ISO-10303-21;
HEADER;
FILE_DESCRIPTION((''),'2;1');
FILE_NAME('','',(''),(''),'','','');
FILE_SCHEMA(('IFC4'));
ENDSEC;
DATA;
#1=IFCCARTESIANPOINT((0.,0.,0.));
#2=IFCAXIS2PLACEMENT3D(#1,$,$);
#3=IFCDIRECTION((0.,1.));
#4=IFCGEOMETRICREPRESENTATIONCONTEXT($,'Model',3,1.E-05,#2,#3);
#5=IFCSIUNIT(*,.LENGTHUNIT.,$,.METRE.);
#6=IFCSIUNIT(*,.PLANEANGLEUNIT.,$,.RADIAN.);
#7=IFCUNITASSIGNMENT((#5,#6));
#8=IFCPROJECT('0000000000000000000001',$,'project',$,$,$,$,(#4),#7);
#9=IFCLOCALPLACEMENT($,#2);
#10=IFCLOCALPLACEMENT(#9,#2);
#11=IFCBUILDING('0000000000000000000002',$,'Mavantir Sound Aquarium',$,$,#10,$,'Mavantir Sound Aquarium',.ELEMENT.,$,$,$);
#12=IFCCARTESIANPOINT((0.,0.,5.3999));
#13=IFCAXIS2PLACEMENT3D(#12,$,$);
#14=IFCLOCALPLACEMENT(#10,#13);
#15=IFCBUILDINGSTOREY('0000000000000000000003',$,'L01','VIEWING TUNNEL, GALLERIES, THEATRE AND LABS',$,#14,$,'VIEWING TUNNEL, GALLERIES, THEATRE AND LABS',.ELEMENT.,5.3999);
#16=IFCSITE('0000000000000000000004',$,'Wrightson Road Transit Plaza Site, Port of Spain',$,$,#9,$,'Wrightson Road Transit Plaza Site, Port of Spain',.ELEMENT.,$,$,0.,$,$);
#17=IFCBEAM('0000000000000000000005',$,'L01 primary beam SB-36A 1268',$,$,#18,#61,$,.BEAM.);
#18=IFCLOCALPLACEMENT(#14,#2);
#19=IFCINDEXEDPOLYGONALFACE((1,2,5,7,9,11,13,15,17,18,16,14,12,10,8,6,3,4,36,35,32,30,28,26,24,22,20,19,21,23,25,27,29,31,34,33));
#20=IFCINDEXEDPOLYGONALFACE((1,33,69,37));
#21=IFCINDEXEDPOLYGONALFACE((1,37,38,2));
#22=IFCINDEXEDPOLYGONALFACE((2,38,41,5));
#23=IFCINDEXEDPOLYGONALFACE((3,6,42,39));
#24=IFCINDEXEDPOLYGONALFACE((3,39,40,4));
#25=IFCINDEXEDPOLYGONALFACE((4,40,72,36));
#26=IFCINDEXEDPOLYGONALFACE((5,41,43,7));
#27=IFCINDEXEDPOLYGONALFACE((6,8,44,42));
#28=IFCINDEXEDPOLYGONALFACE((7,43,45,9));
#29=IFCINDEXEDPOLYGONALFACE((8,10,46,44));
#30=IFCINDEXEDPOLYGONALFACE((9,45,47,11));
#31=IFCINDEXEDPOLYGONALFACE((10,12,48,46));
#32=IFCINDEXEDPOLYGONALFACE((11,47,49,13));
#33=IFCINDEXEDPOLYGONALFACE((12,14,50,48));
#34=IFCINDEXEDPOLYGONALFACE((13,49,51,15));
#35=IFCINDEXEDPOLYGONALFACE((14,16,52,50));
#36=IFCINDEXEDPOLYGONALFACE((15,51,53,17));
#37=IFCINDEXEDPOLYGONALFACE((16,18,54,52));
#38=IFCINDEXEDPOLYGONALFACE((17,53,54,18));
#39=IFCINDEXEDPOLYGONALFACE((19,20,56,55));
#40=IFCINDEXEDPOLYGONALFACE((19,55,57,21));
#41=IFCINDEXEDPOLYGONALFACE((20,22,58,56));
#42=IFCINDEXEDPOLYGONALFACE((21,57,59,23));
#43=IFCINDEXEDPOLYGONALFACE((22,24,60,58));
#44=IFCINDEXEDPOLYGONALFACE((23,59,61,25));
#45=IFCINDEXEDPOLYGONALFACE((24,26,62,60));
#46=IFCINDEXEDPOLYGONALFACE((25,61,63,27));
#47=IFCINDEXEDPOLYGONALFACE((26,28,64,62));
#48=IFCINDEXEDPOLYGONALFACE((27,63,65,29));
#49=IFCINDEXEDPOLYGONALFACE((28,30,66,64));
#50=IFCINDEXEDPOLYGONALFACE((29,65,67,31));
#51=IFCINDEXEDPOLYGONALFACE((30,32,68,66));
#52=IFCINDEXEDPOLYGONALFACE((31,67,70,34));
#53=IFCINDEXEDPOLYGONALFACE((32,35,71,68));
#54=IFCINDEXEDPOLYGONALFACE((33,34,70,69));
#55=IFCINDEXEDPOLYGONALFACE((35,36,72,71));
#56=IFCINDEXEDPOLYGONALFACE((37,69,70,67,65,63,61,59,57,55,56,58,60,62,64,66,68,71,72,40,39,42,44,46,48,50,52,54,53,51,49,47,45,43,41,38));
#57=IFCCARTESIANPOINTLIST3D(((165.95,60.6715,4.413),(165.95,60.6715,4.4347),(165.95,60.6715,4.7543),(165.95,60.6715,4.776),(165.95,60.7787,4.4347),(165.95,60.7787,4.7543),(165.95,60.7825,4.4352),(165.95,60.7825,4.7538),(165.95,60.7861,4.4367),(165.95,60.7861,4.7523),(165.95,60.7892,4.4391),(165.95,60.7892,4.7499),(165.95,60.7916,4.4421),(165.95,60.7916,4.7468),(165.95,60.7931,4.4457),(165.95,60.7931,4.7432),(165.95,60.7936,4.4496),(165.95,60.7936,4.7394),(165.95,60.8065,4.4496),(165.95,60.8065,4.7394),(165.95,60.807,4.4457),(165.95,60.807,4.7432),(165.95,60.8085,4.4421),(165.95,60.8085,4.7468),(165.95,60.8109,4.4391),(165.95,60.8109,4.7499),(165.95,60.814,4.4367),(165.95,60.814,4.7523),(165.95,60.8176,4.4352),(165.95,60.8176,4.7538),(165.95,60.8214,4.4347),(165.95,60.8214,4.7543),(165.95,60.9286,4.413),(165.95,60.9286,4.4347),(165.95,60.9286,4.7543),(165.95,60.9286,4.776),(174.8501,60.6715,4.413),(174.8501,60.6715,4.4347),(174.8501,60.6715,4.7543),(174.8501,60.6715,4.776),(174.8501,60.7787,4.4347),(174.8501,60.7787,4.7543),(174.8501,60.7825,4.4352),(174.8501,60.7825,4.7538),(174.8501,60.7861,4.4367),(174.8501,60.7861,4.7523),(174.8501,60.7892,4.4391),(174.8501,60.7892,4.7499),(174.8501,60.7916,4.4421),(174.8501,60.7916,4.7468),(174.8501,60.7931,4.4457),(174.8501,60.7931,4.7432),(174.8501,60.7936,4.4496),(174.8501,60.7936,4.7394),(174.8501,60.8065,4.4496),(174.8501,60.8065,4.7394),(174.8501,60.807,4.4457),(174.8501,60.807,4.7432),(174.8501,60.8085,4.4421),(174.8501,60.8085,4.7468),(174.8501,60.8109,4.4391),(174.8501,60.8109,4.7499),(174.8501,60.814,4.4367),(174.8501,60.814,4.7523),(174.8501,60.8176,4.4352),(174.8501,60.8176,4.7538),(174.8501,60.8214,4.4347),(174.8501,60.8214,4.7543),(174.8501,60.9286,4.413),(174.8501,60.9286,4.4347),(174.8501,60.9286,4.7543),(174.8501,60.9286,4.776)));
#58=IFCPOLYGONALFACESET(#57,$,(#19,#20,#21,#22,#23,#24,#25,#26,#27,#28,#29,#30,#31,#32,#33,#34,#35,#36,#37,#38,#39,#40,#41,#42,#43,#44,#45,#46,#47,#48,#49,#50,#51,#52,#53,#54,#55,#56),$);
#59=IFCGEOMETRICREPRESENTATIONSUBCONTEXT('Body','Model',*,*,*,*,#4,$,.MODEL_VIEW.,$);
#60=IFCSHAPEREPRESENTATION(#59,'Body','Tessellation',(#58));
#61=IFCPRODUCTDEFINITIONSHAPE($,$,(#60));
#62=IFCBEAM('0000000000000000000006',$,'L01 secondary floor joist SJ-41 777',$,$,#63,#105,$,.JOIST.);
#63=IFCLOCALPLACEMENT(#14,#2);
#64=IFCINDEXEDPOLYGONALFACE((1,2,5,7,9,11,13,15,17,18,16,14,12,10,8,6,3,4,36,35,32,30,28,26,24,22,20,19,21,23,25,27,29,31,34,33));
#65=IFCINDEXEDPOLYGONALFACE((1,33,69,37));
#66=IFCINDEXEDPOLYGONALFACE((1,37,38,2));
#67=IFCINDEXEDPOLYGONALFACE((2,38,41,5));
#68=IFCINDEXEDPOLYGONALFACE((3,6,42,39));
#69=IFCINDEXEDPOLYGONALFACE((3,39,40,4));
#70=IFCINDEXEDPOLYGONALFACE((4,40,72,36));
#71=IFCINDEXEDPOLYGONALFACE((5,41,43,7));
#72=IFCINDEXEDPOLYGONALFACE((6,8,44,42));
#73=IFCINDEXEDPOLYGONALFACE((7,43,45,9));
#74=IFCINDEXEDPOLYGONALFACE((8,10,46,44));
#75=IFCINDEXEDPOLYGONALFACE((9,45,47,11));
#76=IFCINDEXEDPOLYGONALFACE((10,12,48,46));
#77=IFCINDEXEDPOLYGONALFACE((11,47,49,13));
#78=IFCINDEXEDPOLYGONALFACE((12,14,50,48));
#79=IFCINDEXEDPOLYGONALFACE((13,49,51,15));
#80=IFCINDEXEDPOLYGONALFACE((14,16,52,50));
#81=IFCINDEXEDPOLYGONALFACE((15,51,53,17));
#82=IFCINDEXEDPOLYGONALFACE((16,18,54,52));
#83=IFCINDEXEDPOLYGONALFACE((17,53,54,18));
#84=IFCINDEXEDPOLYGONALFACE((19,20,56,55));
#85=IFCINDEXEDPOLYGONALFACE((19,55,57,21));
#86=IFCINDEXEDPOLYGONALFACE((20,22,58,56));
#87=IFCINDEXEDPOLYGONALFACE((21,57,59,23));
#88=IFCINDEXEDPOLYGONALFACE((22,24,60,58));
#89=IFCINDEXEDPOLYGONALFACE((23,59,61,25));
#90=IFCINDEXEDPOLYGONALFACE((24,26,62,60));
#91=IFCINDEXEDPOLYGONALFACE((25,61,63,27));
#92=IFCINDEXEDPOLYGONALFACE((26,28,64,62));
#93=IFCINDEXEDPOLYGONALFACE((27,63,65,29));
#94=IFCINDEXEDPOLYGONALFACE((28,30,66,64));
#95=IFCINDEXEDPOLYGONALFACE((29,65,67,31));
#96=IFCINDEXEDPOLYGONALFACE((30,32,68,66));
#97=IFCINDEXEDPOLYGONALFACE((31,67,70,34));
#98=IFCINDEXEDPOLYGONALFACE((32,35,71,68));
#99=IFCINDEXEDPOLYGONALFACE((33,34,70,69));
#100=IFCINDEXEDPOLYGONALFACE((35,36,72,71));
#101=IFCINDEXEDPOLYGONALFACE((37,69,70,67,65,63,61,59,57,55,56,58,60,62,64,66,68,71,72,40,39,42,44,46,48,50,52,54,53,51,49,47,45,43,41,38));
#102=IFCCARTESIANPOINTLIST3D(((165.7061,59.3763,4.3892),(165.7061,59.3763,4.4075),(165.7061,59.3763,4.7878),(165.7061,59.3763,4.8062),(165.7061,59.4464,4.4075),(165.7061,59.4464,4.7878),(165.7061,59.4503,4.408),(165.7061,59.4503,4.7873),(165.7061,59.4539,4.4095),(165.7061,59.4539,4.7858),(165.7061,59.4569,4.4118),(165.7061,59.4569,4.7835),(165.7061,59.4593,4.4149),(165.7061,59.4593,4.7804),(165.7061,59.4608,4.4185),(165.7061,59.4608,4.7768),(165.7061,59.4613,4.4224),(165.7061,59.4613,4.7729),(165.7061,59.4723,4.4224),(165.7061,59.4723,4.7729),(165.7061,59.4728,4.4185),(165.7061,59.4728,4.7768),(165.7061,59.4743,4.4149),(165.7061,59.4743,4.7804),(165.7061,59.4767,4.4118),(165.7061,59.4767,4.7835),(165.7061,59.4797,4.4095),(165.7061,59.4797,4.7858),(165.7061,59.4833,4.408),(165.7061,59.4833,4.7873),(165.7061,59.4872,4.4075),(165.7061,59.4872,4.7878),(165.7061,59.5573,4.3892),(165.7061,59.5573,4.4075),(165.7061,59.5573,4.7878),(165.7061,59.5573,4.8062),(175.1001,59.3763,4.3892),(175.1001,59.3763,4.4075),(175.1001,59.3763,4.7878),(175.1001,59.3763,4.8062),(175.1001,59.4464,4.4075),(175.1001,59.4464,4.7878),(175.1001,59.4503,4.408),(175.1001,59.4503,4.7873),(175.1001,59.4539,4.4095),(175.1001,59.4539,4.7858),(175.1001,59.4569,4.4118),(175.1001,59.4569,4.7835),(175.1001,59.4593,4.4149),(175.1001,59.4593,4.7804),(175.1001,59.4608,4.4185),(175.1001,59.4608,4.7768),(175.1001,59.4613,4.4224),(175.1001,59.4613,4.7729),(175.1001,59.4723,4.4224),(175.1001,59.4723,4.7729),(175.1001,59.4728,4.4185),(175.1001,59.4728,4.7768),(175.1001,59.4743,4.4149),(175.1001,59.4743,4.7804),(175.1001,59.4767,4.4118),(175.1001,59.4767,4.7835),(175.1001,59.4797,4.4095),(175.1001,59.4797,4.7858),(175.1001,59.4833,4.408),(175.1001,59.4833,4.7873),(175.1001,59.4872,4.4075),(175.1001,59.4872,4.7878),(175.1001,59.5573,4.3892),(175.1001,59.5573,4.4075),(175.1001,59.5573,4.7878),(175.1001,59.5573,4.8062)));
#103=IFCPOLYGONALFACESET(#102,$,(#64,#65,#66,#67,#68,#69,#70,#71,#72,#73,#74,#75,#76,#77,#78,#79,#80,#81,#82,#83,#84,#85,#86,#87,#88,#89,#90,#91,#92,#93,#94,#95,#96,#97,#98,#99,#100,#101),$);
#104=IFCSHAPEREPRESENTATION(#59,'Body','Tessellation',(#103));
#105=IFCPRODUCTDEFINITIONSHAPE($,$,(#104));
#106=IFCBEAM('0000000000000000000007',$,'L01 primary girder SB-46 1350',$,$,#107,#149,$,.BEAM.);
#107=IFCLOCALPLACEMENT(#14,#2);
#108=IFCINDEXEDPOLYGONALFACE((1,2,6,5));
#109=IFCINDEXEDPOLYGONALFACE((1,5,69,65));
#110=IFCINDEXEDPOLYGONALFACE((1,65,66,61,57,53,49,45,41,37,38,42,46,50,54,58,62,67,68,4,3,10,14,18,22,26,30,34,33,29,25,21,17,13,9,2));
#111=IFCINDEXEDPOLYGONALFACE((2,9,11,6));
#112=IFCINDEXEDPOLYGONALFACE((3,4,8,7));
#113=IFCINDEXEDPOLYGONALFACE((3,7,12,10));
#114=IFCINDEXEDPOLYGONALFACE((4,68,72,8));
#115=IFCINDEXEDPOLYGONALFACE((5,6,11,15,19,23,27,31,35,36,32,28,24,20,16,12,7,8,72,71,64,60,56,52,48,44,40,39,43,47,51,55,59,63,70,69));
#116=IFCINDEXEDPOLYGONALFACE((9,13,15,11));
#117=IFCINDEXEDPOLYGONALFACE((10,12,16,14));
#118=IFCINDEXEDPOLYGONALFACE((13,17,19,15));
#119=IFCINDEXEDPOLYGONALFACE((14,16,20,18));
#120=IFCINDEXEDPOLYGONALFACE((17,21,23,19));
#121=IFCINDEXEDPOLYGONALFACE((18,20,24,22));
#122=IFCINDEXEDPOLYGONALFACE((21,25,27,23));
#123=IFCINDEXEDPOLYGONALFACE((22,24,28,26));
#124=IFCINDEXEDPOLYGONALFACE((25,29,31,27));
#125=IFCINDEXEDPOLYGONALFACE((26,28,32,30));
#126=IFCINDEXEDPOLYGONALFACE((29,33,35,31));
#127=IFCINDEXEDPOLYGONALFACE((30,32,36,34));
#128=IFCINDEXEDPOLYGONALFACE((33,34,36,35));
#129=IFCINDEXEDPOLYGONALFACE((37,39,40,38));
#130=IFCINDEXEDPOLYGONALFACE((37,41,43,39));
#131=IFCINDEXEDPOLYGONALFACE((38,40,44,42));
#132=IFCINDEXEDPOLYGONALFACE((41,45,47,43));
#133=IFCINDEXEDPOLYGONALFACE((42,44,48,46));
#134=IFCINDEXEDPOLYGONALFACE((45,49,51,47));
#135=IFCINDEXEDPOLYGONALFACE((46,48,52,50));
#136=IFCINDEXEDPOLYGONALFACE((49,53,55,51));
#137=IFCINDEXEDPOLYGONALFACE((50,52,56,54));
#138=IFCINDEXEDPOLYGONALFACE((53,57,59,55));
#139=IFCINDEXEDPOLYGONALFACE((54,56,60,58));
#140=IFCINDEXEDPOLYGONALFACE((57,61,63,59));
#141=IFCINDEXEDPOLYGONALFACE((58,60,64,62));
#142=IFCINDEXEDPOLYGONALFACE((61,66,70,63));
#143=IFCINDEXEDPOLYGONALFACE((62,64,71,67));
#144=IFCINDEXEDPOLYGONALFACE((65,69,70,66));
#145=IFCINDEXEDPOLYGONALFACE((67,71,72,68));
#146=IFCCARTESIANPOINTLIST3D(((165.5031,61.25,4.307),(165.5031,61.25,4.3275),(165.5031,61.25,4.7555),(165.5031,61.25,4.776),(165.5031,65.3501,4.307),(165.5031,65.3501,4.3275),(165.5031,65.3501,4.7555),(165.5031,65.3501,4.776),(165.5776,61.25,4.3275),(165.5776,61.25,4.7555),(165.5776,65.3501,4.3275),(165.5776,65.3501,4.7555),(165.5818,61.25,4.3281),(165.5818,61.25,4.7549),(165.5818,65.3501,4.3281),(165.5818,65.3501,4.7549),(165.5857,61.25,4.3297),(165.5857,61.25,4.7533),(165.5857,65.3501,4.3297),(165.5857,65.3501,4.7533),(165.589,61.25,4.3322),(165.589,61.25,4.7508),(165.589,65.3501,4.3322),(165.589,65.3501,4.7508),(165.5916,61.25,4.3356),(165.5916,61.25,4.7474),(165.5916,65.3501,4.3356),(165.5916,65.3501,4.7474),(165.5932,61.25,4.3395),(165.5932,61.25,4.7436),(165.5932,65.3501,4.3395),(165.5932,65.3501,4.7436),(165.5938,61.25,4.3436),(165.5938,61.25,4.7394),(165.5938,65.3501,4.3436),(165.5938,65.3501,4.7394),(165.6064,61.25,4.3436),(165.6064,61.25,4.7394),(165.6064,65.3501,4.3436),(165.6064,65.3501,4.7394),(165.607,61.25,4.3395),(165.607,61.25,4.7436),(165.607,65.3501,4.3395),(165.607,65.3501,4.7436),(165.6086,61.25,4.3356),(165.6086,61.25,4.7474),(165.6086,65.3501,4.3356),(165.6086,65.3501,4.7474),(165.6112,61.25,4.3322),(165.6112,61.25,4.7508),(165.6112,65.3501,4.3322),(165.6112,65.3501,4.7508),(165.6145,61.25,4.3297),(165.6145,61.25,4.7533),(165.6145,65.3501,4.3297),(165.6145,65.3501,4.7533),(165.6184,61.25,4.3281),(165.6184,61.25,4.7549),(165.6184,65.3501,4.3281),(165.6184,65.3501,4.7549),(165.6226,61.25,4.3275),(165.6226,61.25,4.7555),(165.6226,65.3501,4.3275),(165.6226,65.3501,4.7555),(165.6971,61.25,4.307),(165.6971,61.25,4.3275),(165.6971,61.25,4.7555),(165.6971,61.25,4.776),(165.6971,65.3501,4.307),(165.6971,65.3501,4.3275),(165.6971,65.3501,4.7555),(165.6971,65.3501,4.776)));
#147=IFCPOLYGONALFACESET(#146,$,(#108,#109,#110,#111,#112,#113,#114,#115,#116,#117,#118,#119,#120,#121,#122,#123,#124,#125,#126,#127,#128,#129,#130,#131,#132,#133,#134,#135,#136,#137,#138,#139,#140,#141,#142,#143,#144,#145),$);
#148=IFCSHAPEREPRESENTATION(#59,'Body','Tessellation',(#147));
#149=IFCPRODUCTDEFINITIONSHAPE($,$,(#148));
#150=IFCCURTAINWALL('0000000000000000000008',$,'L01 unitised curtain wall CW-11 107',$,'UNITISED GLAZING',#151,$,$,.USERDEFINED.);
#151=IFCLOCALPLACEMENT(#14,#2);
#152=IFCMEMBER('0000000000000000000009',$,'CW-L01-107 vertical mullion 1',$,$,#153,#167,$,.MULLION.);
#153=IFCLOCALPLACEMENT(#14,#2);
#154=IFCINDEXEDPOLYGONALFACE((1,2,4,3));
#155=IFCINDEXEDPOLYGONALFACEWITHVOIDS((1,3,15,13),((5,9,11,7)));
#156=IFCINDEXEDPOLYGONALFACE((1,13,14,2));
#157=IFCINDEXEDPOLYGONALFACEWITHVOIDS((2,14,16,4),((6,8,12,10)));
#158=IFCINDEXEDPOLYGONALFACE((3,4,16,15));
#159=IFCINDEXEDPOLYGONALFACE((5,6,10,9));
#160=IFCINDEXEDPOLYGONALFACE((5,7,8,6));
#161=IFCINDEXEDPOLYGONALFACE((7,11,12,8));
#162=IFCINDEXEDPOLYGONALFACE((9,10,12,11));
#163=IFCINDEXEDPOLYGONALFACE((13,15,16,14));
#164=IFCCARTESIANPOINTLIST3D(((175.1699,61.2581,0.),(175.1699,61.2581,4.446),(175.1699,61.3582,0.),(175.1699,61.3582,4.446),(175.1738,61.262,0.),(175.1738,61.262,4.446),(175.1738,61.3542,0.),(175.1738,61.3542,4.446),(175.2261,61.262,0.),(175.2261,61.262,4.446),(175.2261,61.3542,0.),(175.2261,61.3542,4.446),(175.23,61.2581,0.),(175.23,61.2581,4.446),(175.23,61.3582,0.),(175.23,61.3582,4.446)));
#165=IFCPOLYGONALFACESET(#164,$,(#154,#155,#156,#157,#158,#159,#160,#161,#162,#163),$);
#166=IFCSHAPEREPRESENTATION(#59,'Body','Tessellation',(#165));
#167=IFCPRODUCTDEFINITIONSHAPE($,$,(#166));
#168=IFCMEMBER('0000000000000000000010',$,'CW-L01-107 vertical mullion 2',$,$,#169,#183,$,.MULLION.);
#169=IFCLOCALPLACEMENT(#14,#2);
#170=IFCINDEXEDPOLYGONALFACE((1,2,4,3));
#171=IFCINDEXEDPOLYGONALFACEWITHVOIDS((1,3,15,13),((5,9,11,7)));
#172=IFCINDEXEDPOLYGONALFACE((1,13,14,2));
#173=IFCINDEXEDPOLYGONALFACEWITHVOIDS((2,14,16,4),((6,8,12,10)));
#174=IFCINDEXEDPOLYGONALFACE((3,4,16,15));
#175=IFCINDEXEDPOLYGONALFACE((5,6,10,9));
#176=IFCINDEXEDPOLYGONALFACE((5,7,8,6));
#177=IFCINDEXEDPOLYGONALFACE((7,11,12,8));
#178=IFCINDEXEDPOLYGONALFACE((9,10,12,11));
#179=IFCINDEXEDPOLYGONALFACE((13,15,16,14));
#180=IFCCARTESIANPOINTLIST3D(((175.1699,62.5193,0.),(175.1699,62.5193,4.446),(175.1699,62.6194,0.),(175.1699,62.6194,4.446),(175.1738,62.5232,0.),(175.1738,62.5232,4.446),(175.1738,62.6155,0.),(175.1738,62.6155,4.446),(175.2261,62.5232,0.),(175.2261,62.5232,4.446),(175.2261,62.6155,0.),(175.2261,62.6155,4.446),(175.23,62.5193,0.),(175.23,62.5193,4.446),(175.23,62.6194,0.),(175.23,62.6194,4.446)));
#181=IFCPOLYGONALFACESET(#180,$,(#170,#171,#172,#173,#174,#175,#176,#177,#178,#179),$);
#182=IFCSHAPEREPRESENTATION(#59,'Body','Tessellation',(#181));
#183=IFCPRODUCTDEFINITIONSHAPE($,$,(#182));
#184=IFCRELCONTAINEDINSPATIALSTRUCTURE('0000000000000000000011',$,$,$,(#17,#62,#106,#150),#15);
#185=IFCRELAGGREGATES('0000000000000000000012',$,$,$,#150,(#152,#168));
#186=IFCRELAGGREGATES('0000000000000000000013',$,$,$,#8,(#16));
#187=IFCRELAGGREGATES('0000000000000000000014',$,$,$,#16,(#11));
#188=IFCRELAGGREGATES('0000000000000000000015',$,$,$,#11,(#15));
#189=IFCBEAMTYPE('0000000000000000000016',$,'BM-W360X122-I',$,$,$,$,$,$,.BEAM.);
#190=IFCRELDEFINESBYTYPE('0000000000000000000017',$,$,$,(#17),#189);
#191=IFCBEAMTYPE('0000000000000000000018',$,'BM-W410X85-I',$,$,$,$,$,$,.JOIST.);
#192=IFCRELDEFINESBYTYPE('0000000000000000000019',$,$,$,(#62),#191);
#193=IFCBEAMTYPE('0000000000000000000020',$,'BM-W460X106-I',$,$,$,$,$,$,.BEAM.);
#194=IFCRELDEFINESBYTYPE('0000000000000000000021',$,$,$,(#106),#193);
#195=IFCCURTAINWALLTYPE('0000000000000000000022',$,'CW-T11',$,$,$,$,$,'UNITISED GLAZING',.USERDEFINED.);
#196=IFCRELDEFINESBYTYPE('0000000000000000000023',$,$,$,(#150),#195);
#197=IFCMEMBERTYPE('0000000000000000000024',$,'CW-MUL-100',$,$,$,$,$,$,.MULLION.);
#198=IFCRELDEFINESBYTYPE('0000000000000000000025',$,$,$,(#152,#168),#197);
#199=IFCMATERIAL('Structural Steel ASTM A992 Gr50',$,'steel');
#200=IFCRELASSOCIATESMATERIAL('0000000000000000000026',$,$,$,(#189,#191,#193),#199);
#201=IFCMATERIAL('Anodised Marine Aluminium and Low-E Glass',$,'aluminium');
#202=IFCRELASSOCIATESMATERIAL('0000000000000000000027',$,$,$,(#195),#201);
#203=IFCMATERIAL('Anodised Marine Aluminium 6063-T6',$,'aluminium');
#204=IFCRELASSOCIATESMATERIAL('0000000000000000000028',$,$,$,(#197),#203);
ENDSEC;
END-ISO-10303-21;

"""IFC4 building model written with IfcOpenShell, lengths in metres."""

from ifc_helpers import new_model, si_unit, direction, frame, origin, origin_2d, place, context, subcontext, project, spatial, hollow_rectangle, i_section, extrude, material, material_profile, profile_set, type_object, element, aggregate, save


model = new_model("IFC4")

# Units and contexts
model_context = context("Model", 3, precision=1e-05, world=origin(), true_north=direction((0.0, 1.0)))
body_context = subcontext(model_context, "Body", "Model", "MODEL_VIEW")
ifc_project = project(units=[si_unit("LENGTHUNIT", "METRE"), si_unit("PLANEANGLEUNIT", "RADIAN")], contexts=[model_context])

# Site, building, storey
site_placement = place(None, origin())
site = spatial("IfcSite", under=ifc_project, at=site_placement, Name="Wrightson Road Transit Plaza Site, Port of Spain", LongName="Wrightson Road Transit Plaza Site, Port of Spain", CompositionType="ELEMENT", RefElevation=0.0)
building_placement = place(site_placement, origin())
building = spatial("IfcBuilding", under=site, at=building_placement, Name="Mavantir Sound Aquarium", LongName="Mavantir Sound Aquarium", CompositionType="ELEMENT")
storey_placement = place(building_placement, frame((0.0, 0.0, 5.3999)))
storey = spatial("IfcBuildingStorey", under=building, at=storey_placement, Name="L01", Description="VIEWING TUNNEL, GALLERIES, THEATRE AND LABS", LongName="VIEWING TUNNEL, GALLERIES, THEATRE AND LABS", CompositionType="ELEMENT", Elevation=5.3999)

# Beams
ifc_material_1 = material(Name="Structural Steel ASTM A992 Gr50", Category="steel")
ifc_material_profile_1 = material_profile(ifc_material_1, i_section(OverallWidth=0.2571, OverallDepth=0.363, WebThickness=0.0129, FlangeThickness=0.0217, FilletRadius=0.0149, at=origin_2d()), Name="W360X122")
ifc_profile_set_1 = profile_set([ifc_material_profile_1], Name="Structural Steel ASTM A992 Gr50")
beam_type_1 = type_object("IfcBeamType", Name="BM-W360X122-I", PredefinedType="BEAM", material=ifc_profile_set_1)
beam_1_placement = place(storey_placement, frame((165.95, 60.8, 4.5945), z_axis=(1.0, 0.0, 0.0), x_axis=(0.0, 1.0, 0.0)))
element("IfcBeam", 1, at=beam_1_placement, inside=storey, type_object=beam_type_1, Name="L01 primary beam SB-36A 1268", PredefinedType="BEAM", context=body_context, shape_type="SweptSolid", body=[
    extrude(i_section(OverallWidth=0.2571, OverallDepth=0.363, WebThickness=0.0129, FlangeThickness=0.0217, FilletRadius=0.0149, at=origin_2d()), origin(), (0.0, 0.0, 1.0), 8.9001),
])
ifc_material_profile_2 = material_profile(ifc_material_1, i_section(OverallWidth=0.1809, OverallDepth=0.417, WebThickness=0.011, FlangeThickness=0.0183, FilletRadius=0.0149, at=origin_2d()), Name="W410X85")
ifc_profile_set_2 = profile_set([ifc_material_profile_2], Name="Structural Steel ASTM A992 Gr50")
beam_type_2 = type_object("IfcBeamType", Name="BM-W410X85-I", PredefinedType="JOIST", material=ifc_profile_set_2)
beam_2_placement = place(storey_placement, frame((165.7061, 59.4668, 4.5977), z_axis=(1.0, 0.0, 0.0), x_axis=(0.0, 1.0, 0.0)))
element("IfcBeam", 2, at=beam_2_placement, inside=storey, type_object=beam_type_2, Name="L01 secondary floor joist SJ-41 777", PredefinedType="JOIST", context=body_context, shape_type="SweptSolid", body=[
    extrude(i_section(OverallWidth=0.1809, OverallDepth=0.417, WebThickness=0.011, FlangeThickness=0.0183, FilletRadius=0.0149, at=origin_2d()), origin(), (0.0, 0.0, 1.0), 9.394),
])
ifc_material_profile_3 = material_profile(ifc_material_1, i_section(OverallWidth=0.1941, OverallDepth=0.469, WebThickness=0.0127, FlangeThickness=0.0205, FilletRadius=0.0161, at=origin_2d()), Name="W460X106")
ifc_profile_set_3 = profile_set([ifc_material_profile_3], Name="Structural Steel ASTM A992 Gr50")
beam_type_3 = type_object("IfcBeamType", Name="BM-W460X106-I", PredefinedType="BEAM", material=ifc_profile_set_3)
beam_3_placement = place(storey_placement, frame((165.6001, 61.25, 4.5415), z_axis=(0.0, 1.0, 0.0), x_axis=(-1.0, 0.0, 0.0)))
element("IfcBeam", 3, at=beam_3_placement, inside=storey, type_object=beam_type_3, Name="L01 primary girder SB-46 1350", PredefinedType="BEAM", context=body_context, shape_type="SweptSolid", body=[
    extrude(i_section(OverallWidth=0.1941, OverallDepth=0.469, WebThickness=0.0127, FlangeThickness=0.0205, FilletRadius=0.0161, at=origin_2d()), origin(), (0.0, 0.0, 1.0), 4.1001),
])

# Curtain wall, members
ifc_material_2 = material(Name="Anodised Marine Aluminium and Low-E Glass", Category="aluminium")
curtain_wall_type_1 = type_object("IfcCurtainWallType", Name="CW-T11", ElementType="UNITISED GLAZING", PredefinedType="USERDEFINED", material=ifc_material_2)
curtain_wall_1_placement = place(storey_placement, origin())
curtain_wall_1 = element("IfcCurtainWall", 4, at=curtain_wall_1_placement, inside=storey, type_object=curtain_wall_type_1, Name="L01 unitised curtain wall CW-11 107", ObjectType="UNITISED GLAZING", PredefinedType="USERDEFINED")
ifc_material_3 = material(Name="Anodised Marine Aluminium 6063-T6", Category="aluminium")
ifc_material_profile_4 = material_profile(ifc_material_3, hollow_rectangle(XDim=0.0601, YDim=0.1001, WallThickness=0.0039, at=origin_2d()), Name="ALU-MULLION-100X60")
ifc_profile_set_4 = profile_set([ifc_material_profile_4], Name="Anodised Marine Aluminium 6063-T6")
member_type_1 = type_object("IfcMemberType", Name="CW-MUL-100", PredefinedType="MULLION", material=ifc_profile_set_4)
member_1_placement = place(storey_placement, frame((175.2, 61.3081, 0.0), z_axis=(0.0, 0.0, 1.0), x_axis=(1.0, 0.0, 0.0)))
member_1 = element("IfcMember", 5, at=member_1_placement, type_object=member_type_1, Name="CW-L01-107 vertical mullion 1", PredefinedType="MULLION", context=body_context, shape_type="SweptSolid", body=[
    extrude(hollow_rectangle(XDim=0.0601, YDim=0.1001, WallThickness=0.0039, at=origin_2d()), origin(), (0.0, 0.0, 1.0), 4.446),
])
member_2_placement = place(storey_placement, frame((175.2, 62.5693, 0.0), z_axis=(0.0, 0.0, 1.0), x_axis=(1.0, 0.0, 0.0)))
member_2 = element("IfcMember", 6, at=member_2_placement, type_object=member_type_1, Name="CW-L01-107 vertical mullion 2", PredefinedType="MULLION", context=body_context, shape_type="SweptSolid", body=[
    extrude(hollow_rectangle(XDim=0.0601, YDim=0.1001, WallThickness=0.0039, at=origin_2d()), origin(), (0.0, 0.0, 1.0), 4.446),
])

aggregate(curtain_wall_1, [member_1, member_2])

save(model, "model.ifc")
